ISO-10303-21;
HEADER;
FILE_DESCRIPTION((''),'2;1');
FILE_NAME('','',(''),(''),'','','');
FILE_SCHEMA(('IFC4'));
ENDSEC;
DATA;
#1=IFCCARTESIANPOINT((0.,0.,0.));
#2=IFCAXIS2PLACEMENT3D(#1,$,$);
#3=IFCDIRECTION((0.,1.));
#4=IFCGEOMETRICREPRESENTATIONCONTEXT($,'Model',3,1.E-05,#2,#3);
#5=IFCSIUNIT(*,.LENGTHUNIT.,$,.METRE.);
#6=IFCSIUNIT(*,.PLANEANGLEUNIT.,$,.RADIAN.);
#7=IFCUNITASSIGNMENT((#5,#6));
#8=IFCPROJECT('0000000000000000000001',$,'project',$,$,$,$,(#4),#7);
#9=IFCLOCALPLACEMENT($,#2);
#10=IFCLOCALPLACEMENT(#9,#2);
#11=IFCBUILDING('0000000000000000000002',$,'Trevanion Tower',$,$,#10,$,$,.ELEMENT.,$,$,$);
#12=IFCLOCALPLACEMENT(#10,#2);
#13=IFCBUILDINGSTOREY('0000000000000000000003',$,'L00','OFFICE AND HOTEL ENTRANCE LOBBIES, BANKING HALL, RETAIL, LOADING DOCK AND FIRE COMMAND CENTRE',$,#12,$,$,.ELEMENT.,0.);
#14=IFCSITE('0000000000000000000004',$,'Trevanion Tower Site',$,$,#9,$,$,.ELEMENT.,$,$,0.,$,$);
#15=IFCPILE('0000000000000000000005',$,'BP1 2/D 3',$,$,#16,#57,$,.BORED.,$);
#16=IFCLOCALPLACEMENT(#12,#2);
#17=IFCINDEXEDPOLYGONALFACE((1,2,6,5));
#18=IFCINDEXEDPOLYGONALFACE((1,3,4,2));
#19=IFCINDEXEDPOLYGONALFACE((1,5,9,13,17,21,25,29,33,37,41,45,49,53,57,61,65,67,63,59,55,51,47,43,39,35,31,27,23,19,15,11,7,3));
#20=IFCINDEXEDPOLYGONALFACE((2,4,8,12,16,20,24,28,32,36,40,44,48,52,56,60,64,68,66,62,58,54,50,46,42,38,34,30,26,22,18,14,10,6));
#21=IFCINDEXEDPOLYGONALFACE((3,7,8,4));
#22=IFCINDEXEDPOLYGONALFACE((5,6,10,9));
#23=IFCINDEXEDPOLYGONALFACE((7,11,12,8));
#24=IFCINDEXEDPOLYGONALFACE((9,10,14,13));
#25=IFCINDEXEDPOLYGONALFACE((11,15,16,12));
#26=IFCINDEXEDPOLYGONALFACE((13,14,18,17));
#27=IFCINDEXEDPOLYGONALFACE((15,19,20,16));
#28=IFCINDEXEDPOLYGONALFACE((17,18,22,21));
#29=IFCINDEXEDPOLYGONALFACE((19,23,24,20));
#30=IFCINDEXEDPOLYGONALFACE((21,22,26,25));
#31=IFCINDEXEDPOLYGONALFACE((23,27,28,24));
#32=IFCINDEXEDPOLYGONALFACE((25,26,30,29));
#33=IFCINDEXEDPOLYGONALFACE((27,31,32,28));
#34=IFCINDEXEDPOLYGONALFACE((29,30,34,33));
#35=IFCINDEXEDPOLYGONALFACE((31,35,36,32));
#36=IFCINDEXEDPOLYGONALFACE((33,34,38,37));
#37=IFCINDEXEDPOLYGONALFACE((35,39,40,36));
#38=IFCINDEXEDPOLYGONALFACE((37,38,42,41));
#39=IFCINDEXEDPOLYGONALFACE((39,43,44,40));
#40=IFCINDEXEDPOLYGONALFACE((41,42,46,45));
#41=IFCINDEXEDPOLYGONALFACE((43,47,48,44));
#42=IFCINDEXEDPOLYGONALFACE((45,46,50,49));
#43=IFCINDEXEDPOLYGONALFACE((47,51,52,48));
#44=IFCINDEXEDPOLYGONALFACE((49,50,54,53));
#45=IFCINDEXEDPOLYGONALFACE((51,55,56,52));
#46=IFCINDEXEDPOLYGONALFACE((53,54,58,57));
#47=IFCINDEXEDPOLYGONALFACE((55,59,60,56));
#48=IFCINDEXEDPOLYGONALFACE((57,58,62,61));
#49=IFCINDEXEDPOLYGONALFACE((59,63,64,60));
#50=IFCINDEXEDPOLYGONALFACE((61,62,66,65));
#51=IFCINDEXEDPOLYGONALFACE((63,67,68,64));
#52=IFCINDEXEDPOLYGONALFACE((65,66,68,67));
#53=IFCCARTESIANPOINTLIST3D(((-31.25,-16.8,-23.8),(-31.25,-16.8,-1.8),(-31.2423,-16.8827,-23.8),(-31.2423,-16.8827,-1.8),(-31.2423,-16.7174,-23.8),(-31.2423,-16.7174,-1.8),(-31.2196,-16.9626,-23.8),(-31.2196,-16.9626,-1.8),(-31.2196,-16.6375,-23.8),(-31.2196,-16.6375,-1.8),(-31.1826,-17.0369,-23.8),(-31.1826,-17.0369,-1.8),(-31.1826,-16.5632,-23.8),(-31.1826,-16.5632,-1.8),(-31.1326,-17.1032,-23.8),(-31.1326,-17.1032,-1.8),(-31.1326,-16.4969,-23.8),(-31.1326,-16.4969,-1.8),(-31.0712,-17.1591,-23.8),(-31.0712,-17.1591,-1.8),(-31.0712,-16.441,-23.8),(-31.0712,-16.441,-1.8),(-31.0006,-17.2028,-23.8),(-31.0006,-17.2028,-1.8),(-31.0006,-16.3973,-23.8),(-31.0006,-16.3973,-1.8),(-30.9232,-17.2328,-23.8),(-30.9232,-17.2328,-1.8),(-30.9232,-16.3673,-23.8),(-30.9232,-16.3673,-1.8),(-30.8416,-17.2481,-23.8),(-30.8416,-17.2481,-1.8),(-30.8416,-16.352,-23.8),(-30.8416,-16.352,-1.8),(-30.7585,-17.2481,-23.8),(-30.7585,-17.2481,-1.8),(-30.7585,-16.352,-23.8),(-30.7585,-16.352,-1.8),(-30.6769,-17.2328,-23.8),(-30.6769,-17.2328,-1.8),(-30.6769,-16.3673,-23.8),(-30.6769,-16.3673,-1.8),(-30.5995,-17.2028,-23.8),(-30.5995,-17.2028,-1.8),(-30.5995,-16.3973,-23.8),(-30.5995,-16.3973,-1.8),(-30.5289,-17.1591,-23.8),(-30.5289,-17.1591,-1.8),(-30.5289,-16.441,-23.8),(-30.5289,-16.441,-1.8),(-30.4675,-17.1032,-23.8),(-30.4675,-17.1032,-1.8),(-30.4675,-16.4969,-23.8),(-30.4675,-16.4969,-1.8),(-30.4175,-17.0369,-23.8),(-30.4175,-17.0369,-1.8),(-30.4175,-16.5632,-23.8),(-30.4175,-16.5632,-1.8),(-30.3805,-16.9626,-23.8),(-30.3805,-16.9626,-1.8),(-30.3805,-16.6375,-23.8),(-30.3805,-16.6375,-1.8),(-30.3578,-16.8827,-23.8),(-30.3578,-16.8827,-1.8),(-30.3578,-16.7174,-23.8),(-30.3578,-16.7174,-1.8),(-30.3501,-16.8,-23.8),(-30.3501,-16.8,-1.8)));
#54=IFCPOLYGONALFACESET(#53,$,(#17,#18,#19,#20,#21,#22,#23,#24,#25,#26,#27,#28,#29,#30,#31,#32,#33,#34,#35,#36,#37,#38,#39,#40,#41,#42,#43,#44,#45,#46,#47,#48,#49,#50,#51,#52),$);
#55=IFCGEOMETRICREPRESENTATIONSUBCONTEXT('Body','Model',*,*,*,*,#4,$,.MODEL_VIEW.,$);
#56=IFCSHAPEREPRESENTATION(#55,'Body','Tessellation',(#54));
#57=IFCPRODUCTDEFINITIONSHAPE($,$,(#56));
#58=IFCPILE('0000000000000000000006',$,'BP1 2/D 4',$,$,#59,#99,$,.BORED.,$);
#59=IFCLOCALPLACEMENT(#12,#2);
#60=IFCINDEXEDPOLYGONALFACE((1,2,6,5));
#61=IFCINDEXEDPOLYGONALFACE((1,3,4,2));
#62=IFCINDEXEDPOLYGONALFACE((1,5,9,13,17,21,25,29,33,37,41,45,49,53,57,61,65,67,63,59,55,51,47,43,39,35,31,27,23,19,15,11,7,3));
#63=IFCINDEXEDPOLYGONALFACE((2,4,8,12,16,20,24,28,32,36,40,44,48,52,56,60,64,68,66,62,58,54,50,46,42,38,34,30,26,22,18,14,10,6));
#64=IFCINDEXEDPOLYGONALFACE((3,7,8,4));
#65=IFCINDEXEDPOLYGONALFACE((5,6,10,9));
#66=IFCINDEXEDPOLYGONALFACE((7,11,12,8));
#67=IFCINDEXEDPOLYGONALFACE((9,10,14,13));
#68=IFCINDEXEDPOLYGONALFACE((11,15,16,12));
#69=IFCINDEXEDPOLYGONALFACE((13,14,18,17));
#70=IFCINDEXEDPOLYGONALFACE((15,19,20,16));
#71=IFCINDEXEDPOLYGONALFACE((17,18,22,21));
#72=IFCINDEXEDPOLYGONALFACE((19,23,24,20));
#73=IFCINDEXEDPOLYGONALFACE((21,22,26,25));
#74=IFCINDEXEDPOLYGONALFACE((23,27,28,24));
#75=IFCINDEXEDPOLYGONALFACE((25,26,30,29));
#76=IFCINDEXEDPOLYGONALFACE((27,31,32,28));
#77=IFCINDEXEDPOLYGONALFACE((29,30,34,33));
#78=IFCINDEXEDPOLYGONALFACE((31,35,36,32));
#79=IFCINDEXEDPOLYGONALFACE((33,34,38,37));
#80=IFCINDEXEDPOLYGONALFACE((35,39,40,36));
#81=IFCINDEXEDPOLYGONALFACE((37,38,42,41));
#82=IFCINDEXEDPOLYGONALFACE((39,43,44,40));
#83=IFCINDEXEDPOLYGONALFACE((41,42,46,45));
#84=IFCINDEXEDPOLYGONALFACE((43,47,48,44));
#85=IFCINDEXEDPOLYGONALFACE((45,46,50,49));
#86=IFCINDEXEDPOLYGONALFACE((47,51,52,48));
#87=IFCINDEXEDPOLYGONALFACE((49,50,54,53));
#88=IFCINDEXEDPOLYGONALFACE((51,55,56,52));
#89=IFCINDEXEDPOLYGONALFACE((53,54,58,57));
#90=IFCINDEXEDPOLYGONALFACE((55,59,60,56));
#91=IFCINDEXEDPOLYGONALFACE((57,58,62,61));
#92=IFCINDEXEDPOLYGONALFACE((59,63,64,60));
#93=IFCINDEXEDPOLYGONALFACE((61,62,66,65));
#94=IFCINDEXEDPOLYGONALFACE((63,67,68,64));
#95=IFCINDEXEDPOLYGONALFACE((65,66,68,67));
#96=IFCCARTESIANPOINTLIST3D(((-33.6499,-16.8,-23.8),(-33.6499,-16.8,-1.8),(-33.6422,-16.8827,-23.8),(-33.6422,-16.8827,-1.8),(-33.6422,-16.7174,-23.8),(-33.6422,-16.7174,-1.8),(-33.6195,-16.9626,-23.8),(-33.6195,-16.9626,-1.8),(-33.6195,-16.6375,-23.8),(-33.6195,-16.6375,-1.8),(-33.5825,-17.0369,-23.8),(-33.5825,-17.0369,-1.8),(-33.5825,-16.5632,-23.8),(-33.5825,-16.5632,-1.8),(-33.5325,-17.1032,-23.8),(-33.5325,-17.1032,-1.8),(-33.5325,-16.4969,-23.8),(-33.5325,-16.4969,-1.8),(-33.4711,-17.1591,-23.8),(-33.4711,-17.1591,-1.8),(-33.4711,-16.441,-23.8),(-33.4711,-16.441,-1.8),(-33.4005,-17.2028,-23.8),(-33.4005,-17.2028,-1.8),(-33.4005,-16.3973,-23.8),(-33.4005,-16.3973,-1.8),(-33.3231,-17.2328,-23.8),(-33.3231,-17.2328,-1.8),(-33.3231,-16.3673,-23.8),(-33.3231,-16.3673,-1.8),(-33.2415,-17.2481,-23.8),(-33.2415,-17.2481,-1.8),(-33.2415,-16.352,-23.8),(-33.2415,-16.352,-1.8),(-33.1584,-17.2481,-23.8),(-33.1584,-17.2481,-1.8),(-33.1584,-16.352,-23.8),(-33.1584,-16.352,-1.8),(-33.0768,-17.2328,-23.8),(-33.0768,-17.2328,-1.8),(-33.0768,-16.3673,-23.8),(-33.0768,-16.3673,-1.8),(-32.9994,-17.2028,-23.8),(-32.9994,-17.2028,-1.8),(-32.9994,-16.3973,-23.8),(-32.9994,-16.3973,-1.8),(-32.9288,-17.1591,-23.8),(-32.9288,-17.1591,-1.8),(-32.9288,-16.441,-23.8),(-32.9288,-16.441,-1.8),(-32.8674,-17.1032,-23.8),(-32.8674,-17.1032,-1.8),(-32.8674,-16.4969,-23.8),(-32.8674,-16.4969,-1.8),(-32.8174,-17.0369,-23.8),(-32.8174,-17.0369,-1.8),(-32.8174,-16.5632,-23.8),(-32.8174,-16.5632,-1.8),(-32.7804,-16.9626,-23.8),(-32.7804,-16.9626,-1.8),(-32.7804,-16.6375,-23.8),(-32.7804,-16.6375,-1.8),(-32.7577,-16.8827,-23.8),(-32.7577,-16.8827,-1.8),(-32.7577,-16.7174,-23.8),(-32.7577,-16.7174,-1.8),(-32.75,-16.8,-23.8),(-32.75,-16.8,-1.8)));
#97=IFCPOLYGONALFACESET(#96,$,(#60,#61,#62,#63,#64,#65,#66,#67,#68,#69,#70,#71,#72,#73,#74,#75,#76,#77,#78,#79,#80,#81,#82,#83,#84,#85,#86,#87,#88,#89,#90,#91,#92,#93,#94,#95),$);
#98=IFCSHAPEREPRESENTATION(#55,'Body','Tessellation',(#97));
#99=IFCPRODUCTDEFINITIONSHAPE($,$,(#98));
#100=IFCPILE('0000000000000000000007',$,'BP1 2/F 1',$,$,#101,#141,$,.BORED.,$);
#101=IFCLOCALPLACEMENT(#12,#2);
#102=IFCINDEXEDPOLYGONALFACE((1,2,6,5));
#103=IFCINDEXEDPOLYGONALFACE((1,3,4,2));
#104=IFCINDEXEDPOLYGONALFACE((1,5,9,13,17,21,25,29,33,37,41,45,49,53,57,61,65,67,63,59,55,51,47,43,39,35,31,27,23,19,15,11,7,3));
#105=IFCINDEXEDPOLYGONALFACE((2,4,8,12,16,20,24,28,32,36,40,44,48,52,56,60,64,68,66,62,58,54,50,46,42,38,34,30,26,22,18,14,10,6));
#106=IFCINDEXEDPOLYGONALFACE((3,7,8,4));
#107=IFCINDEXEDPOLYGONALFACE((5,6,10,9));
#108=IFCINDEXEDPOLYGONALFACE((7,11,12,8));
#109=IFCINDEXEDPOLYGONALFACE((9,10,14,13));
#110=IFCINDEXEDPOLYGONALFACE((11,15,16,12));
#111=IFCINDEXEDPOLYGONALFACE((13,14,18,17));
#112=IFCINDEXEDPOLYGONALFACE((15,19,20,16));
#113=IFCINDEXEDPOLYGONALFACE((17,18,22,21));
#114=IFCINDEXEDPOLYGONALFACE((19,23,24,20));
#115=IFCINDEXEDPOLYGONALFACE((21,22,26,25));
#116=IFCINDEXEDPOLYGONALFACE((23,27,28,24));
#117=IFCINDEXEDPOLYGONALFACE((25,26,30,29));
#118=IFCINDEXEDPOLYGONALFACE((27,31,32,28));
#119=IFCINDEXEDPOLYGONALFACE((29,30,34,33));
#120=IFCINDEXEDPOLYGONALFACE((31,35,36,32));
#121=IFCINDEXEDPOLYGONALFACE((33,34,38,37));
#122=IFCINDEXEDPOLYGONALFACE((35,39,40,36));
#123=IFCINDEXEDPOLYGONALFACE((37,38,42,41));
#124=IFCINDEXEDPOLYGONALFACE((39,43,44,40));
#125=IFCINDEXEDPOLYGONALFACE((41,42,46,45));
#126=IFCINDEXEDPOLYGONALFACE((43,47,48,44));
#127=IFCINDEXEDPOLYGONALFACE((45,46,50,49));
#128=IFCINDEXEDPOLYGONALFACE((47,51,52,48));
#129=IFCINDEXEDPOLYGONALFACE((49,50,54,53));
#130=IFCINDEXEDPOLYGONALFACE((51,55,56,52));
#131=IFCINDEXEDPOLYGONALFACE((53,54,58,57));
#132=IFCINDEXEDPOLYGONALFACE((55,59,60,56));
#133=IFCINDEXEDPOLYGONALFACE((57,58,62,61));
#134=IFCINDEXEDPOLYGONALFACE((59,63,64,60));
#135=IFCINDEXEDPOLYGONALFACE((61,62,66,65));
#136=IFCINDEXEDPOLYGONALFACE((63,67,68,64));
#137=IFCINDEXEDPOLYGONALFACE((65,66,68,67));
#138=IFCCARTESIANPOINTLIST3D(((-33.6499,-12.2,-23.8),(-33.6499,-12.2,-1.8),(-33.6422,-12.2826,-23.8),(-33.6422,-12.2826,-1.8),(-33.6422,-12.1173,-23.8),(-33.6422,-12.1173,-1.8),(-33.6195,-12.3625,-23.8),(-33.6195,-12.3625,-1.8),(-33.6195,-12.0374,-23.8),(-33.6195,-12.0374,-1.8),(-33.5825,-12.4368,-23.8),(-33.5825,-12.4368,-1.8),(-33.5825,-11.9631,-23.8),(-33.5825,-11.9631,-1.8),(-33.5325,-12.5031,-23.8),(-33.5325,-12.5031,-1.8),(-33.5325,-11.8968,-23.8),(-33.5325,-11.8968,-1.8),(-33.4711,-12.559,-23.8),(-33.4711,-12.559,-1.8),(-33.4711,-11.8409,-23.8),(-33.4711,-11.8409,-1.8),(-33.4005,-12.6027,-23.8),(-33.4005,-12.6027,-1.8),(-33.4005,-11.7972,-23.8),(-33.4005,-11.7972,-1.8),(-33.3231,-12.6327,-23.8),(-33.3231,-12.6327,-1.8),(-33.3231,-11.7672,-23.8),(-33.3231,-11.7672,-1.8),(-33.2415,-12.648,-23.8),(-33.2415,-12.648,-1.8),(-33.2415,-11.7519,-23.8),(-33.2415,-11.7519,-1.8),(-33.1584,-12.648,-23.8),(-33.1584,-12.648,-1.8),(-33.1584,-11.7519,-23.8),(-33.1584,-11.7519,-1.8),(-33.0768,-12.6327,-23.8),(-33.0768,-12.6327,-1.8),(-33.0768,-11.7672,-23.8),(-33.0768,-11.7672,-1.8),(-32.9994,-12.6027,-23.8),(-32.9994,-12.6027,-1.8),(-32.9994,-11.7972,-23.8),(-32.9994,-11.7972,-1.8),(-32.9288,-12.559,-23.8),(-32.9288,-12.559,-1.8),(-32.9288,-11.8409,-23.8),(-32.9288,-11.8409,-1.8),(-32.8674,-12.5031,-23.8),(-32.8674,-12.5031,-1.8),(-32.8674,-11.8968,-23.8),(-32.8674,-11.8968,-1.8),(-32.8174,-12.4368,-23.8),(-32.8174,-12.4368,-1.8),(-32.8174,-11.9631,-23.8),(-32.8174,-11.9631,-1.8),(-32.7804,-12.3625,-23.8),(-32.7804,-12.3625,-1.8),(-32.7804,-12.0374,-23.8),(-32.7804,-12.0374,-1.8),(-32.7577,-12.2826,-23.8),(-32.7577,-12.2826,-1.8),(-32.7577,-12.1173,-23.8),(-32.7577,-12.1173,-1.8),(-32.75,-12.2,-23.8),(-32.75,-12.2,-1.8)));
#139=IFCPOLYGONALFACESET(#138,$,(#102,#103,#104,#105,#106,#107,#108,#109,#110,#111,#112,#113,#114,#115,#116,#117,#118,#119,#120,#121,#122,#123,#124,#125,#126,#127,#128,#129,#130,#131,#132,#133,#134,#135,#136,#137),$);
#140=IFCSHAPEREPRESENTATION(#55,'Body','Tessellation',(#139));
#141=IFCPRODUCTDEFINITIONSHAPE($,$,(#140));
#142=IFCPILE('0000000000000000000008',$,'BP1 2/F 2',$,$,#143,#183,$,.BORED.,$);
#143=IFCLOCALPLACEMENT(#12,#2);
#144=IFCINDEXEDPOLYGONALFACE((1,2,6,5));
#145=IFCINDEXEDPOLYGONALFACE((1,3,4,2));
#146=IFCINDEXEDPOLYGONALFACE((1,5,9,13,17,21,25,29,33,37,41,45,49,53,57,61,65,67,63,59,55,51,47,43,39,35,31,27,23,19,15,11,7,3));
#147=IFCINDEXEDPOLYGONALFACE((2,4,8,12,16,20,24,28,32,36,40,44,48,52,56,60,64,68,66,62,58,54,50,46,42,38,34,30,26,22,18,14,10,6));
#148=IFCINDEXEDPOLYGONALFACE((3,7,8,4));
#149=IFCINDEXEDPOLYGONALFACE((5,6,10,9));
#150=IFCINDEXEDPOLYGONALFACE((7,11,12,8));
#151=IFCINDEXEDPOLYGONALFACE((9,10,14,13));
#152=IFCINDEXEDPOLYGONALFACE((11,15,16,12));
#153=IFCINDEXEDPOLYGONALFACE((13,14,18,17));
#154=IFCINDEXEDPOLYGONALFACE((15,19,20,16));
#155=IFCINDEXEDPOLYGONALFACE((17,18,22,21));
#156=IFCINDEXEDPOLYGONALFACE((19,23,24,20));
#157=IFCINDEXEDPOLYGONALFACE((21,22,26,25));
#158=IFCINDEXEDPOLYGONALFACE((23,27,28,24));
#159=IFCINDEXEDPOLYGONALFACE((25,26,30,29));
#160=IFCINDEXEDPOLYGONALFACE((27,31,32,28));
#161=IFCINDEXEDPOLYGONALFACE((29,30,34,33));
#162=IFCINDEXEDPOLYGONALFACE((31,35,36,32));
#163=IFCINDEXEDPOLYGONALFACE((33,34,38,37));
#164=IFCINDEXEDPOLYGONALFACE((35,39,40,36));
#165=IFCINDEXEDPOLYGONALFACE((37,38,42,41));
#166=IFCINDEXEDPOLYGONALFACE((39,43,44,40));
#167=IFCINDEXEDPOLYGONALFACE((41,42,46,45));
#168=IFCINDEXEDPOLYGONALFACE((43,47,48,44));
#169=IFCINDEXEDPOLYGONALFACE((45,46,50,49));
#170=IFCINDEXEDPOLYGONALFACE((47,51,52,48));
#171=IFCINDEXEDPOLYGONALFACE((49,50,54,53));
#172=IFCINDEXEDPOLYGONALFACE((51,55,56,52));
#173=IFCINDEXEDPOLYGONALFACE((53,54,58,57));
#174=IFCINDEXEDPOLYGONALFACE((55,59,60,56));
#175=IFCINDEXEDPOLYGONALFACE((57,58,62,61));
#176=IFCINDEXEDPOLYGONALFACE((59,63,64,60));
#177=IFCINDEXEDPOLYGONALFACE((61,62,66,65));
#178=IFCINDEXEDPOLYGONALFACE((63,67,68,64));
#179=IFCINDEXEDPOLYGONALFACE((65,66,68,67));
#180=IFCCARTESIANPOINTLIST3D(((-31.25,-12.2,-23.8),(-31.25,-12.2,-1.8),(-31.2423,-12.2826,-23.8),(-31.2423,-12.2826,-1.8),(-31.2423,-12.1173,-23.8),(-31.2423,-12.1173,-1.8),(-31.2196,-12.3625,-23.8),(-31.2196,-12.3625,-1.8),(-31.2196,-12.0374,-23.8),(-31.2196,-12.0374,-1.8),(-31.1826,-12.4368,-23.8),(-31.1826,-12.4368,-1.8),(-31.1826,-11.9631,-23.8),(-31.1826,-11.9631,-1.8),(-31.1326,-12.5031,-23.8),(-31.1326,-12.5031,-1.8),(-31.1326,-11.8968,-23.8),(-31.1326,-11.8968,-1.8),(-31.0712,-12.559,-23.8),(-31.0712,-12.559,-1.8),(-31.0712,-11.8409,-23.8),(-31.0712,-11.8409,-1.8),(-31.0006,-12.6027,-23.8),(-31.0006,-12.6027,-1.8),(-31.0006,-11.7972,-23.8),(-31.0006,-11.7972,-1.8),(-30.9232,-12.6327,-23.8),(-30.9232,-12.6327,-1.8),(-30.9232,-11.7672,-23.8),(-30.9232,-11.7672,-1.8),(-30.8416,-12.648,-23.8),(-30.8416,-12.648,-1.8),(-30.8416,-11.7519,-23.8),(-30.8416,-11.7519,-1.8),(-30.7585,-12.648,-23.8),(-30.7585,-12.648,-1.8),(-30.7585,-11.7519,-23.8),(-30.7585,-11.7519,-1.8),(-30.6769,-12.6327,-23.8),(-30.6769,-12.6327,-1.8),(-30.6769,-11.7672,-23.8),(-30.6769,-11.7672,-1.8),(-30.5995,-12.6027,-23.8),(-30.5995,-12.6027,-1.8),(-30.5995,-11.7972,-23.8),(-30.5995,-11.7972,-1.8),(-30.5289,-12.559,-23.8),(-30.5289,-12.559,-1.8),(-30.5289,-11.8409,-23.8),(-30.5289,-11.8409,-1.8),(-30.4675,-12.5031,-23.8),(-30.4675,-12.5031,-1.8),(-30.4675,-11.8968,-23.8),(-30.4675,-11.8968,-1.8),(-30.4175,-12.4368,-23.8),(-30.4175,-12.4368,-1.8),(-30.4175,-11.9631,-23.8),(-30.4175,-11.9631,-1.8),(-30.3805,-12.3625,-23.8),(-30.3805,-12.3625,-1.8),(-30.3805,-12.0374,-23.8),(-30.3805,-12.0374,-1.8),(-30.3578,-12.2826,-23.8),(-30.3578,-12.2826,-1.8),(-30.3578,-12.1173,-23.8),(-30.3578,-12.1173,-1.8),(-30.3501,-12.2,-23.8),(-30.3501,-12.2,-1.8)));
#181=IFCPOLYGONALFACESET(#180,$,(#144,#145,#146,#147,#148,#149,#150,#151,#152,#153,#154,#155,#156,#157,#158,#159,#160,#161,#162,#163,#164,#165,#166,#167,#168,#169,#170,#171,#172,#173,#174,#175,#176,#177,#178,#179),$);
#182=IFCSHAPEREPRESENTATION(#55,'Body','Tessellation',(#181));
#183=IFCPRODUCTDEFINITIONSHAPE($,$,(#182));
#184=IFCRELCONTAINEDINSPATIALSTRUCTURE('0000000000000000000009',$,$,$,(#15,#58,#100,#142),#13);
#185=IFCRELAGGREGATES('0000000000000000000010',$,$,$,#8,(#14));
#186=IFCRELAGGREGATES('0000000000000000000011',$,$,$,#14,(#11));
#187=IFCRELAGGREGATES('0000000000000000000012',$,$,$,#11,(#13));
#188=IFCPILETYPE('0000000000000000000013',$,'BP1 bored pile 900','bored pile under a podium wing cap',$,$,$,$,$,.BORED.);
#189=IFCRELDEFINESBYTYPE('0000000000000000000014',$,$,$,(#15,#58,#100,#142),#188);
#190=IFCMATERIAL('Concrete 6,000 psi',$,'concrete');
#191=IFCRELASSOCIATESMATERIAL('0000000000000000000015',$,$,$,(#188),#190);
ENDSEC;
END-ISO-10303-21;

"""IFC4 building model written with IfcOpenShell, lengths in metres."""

from ifc_helpers import new_model, si_unit, direction, frame, origin, origin_2d, place, context, subcontext, project, spatial, circle, extrude, material, material_profile, profile_set, type_object, element, save


model = new_model("IFC4")

# Units and contexts
model_context = context("Model", 3, precision=1e-05, world=origin(), true_north=direction((0.0, 1.0)))
body_context = subcontext(model_context, "Body", "Model", "MODEL_VIEW")
ifc_project = project(units=[si_unit("LENGTHUNIT", "METRE"), si_unit("PLANEANGLEUNIT", "RADIAN")], contexts=[model_context])

# Site, building, storey
site_placement = place(None, origin())
site = spatial("IfcSite", under=ifc_project, at=site_placement, Name="Trevanion Tower Site", CompositionType="ELEMENT", RefElevation=0.0)
building_placement = place(site_placement, origin())
building = spatial("IfcBuilding", under=site, at=building_placement, Name="Trevanion Tower", CompositionType="ELEMENT")
storey_placement = place(building_placement, origin())
storey = spatial("IfcBuildingStorey", under=building, at=storey_placement, Name="L00", Description="OFFICE AND HOTEL ENTRANCE LOBBIES, BANKING HALL, RETAIL, LOADING DOCK AND FIRE COMMAND CENTRE", CompositionType="ELEMENT", Elevation=0.0)

# Piles
ifc_material_1 = material(Name="Concrete 6,000 psi", Category="concrete")
ifc_material_profile_1 = material_profile(ifc_material_1, circle(Radius=0.45, at=origin_2d()), Name="BP1 bored pile 900")
ifc_profile_set_1 = profile_set([ifc_material_profile_1], Name="Concrete 6,000 psi")
pile_type_1 = type_object("IfcPileType", Name="BP1 bored pile 900", Description="bored pile under a podium wing cap", PredefinedType="BORED", material=ifc_profile_set_1)
for number, where, z_axis, x_axis, name in (
    (1, (-30.8, -16.8, -1.8), (0.0, 0.0, -1.0), (1.0, 0.0, 0.0), "BP1 2/D 3"),
    (2, (-33.2, -16.8, -1.8), (0.0, 0.0, -1.0), (1.0, 0.0, 0.0), "BP1 2/D 4"),
    (3, (-33.2, -12.2, -1.8), (0.0, 0.0, -1.0), (1.0, 0.0, 0.0), "BP1 2/F 1"),
    (4, (-30.8, -12.2, -1.8), (0.0, 0.0, -1.0), (1.0, 0.0, 0.0), "BP1 2/F 2"),
):
    element("IfcPile", number, at=place(storey_placement, frame(where, z_axis=z_axis, x_axis=x_axis)), inside=storey, type_object=pile_type_1, Name=name, PredefinedType="BORED", context=body_context, shape_type="SweptSolid", body=[
        extrude(circle(Radius=0.45, at=origin_2d()), origin(), (0.0, 0.0, 1.0), 22.0),
    ])

save(model, "model.ifc")
